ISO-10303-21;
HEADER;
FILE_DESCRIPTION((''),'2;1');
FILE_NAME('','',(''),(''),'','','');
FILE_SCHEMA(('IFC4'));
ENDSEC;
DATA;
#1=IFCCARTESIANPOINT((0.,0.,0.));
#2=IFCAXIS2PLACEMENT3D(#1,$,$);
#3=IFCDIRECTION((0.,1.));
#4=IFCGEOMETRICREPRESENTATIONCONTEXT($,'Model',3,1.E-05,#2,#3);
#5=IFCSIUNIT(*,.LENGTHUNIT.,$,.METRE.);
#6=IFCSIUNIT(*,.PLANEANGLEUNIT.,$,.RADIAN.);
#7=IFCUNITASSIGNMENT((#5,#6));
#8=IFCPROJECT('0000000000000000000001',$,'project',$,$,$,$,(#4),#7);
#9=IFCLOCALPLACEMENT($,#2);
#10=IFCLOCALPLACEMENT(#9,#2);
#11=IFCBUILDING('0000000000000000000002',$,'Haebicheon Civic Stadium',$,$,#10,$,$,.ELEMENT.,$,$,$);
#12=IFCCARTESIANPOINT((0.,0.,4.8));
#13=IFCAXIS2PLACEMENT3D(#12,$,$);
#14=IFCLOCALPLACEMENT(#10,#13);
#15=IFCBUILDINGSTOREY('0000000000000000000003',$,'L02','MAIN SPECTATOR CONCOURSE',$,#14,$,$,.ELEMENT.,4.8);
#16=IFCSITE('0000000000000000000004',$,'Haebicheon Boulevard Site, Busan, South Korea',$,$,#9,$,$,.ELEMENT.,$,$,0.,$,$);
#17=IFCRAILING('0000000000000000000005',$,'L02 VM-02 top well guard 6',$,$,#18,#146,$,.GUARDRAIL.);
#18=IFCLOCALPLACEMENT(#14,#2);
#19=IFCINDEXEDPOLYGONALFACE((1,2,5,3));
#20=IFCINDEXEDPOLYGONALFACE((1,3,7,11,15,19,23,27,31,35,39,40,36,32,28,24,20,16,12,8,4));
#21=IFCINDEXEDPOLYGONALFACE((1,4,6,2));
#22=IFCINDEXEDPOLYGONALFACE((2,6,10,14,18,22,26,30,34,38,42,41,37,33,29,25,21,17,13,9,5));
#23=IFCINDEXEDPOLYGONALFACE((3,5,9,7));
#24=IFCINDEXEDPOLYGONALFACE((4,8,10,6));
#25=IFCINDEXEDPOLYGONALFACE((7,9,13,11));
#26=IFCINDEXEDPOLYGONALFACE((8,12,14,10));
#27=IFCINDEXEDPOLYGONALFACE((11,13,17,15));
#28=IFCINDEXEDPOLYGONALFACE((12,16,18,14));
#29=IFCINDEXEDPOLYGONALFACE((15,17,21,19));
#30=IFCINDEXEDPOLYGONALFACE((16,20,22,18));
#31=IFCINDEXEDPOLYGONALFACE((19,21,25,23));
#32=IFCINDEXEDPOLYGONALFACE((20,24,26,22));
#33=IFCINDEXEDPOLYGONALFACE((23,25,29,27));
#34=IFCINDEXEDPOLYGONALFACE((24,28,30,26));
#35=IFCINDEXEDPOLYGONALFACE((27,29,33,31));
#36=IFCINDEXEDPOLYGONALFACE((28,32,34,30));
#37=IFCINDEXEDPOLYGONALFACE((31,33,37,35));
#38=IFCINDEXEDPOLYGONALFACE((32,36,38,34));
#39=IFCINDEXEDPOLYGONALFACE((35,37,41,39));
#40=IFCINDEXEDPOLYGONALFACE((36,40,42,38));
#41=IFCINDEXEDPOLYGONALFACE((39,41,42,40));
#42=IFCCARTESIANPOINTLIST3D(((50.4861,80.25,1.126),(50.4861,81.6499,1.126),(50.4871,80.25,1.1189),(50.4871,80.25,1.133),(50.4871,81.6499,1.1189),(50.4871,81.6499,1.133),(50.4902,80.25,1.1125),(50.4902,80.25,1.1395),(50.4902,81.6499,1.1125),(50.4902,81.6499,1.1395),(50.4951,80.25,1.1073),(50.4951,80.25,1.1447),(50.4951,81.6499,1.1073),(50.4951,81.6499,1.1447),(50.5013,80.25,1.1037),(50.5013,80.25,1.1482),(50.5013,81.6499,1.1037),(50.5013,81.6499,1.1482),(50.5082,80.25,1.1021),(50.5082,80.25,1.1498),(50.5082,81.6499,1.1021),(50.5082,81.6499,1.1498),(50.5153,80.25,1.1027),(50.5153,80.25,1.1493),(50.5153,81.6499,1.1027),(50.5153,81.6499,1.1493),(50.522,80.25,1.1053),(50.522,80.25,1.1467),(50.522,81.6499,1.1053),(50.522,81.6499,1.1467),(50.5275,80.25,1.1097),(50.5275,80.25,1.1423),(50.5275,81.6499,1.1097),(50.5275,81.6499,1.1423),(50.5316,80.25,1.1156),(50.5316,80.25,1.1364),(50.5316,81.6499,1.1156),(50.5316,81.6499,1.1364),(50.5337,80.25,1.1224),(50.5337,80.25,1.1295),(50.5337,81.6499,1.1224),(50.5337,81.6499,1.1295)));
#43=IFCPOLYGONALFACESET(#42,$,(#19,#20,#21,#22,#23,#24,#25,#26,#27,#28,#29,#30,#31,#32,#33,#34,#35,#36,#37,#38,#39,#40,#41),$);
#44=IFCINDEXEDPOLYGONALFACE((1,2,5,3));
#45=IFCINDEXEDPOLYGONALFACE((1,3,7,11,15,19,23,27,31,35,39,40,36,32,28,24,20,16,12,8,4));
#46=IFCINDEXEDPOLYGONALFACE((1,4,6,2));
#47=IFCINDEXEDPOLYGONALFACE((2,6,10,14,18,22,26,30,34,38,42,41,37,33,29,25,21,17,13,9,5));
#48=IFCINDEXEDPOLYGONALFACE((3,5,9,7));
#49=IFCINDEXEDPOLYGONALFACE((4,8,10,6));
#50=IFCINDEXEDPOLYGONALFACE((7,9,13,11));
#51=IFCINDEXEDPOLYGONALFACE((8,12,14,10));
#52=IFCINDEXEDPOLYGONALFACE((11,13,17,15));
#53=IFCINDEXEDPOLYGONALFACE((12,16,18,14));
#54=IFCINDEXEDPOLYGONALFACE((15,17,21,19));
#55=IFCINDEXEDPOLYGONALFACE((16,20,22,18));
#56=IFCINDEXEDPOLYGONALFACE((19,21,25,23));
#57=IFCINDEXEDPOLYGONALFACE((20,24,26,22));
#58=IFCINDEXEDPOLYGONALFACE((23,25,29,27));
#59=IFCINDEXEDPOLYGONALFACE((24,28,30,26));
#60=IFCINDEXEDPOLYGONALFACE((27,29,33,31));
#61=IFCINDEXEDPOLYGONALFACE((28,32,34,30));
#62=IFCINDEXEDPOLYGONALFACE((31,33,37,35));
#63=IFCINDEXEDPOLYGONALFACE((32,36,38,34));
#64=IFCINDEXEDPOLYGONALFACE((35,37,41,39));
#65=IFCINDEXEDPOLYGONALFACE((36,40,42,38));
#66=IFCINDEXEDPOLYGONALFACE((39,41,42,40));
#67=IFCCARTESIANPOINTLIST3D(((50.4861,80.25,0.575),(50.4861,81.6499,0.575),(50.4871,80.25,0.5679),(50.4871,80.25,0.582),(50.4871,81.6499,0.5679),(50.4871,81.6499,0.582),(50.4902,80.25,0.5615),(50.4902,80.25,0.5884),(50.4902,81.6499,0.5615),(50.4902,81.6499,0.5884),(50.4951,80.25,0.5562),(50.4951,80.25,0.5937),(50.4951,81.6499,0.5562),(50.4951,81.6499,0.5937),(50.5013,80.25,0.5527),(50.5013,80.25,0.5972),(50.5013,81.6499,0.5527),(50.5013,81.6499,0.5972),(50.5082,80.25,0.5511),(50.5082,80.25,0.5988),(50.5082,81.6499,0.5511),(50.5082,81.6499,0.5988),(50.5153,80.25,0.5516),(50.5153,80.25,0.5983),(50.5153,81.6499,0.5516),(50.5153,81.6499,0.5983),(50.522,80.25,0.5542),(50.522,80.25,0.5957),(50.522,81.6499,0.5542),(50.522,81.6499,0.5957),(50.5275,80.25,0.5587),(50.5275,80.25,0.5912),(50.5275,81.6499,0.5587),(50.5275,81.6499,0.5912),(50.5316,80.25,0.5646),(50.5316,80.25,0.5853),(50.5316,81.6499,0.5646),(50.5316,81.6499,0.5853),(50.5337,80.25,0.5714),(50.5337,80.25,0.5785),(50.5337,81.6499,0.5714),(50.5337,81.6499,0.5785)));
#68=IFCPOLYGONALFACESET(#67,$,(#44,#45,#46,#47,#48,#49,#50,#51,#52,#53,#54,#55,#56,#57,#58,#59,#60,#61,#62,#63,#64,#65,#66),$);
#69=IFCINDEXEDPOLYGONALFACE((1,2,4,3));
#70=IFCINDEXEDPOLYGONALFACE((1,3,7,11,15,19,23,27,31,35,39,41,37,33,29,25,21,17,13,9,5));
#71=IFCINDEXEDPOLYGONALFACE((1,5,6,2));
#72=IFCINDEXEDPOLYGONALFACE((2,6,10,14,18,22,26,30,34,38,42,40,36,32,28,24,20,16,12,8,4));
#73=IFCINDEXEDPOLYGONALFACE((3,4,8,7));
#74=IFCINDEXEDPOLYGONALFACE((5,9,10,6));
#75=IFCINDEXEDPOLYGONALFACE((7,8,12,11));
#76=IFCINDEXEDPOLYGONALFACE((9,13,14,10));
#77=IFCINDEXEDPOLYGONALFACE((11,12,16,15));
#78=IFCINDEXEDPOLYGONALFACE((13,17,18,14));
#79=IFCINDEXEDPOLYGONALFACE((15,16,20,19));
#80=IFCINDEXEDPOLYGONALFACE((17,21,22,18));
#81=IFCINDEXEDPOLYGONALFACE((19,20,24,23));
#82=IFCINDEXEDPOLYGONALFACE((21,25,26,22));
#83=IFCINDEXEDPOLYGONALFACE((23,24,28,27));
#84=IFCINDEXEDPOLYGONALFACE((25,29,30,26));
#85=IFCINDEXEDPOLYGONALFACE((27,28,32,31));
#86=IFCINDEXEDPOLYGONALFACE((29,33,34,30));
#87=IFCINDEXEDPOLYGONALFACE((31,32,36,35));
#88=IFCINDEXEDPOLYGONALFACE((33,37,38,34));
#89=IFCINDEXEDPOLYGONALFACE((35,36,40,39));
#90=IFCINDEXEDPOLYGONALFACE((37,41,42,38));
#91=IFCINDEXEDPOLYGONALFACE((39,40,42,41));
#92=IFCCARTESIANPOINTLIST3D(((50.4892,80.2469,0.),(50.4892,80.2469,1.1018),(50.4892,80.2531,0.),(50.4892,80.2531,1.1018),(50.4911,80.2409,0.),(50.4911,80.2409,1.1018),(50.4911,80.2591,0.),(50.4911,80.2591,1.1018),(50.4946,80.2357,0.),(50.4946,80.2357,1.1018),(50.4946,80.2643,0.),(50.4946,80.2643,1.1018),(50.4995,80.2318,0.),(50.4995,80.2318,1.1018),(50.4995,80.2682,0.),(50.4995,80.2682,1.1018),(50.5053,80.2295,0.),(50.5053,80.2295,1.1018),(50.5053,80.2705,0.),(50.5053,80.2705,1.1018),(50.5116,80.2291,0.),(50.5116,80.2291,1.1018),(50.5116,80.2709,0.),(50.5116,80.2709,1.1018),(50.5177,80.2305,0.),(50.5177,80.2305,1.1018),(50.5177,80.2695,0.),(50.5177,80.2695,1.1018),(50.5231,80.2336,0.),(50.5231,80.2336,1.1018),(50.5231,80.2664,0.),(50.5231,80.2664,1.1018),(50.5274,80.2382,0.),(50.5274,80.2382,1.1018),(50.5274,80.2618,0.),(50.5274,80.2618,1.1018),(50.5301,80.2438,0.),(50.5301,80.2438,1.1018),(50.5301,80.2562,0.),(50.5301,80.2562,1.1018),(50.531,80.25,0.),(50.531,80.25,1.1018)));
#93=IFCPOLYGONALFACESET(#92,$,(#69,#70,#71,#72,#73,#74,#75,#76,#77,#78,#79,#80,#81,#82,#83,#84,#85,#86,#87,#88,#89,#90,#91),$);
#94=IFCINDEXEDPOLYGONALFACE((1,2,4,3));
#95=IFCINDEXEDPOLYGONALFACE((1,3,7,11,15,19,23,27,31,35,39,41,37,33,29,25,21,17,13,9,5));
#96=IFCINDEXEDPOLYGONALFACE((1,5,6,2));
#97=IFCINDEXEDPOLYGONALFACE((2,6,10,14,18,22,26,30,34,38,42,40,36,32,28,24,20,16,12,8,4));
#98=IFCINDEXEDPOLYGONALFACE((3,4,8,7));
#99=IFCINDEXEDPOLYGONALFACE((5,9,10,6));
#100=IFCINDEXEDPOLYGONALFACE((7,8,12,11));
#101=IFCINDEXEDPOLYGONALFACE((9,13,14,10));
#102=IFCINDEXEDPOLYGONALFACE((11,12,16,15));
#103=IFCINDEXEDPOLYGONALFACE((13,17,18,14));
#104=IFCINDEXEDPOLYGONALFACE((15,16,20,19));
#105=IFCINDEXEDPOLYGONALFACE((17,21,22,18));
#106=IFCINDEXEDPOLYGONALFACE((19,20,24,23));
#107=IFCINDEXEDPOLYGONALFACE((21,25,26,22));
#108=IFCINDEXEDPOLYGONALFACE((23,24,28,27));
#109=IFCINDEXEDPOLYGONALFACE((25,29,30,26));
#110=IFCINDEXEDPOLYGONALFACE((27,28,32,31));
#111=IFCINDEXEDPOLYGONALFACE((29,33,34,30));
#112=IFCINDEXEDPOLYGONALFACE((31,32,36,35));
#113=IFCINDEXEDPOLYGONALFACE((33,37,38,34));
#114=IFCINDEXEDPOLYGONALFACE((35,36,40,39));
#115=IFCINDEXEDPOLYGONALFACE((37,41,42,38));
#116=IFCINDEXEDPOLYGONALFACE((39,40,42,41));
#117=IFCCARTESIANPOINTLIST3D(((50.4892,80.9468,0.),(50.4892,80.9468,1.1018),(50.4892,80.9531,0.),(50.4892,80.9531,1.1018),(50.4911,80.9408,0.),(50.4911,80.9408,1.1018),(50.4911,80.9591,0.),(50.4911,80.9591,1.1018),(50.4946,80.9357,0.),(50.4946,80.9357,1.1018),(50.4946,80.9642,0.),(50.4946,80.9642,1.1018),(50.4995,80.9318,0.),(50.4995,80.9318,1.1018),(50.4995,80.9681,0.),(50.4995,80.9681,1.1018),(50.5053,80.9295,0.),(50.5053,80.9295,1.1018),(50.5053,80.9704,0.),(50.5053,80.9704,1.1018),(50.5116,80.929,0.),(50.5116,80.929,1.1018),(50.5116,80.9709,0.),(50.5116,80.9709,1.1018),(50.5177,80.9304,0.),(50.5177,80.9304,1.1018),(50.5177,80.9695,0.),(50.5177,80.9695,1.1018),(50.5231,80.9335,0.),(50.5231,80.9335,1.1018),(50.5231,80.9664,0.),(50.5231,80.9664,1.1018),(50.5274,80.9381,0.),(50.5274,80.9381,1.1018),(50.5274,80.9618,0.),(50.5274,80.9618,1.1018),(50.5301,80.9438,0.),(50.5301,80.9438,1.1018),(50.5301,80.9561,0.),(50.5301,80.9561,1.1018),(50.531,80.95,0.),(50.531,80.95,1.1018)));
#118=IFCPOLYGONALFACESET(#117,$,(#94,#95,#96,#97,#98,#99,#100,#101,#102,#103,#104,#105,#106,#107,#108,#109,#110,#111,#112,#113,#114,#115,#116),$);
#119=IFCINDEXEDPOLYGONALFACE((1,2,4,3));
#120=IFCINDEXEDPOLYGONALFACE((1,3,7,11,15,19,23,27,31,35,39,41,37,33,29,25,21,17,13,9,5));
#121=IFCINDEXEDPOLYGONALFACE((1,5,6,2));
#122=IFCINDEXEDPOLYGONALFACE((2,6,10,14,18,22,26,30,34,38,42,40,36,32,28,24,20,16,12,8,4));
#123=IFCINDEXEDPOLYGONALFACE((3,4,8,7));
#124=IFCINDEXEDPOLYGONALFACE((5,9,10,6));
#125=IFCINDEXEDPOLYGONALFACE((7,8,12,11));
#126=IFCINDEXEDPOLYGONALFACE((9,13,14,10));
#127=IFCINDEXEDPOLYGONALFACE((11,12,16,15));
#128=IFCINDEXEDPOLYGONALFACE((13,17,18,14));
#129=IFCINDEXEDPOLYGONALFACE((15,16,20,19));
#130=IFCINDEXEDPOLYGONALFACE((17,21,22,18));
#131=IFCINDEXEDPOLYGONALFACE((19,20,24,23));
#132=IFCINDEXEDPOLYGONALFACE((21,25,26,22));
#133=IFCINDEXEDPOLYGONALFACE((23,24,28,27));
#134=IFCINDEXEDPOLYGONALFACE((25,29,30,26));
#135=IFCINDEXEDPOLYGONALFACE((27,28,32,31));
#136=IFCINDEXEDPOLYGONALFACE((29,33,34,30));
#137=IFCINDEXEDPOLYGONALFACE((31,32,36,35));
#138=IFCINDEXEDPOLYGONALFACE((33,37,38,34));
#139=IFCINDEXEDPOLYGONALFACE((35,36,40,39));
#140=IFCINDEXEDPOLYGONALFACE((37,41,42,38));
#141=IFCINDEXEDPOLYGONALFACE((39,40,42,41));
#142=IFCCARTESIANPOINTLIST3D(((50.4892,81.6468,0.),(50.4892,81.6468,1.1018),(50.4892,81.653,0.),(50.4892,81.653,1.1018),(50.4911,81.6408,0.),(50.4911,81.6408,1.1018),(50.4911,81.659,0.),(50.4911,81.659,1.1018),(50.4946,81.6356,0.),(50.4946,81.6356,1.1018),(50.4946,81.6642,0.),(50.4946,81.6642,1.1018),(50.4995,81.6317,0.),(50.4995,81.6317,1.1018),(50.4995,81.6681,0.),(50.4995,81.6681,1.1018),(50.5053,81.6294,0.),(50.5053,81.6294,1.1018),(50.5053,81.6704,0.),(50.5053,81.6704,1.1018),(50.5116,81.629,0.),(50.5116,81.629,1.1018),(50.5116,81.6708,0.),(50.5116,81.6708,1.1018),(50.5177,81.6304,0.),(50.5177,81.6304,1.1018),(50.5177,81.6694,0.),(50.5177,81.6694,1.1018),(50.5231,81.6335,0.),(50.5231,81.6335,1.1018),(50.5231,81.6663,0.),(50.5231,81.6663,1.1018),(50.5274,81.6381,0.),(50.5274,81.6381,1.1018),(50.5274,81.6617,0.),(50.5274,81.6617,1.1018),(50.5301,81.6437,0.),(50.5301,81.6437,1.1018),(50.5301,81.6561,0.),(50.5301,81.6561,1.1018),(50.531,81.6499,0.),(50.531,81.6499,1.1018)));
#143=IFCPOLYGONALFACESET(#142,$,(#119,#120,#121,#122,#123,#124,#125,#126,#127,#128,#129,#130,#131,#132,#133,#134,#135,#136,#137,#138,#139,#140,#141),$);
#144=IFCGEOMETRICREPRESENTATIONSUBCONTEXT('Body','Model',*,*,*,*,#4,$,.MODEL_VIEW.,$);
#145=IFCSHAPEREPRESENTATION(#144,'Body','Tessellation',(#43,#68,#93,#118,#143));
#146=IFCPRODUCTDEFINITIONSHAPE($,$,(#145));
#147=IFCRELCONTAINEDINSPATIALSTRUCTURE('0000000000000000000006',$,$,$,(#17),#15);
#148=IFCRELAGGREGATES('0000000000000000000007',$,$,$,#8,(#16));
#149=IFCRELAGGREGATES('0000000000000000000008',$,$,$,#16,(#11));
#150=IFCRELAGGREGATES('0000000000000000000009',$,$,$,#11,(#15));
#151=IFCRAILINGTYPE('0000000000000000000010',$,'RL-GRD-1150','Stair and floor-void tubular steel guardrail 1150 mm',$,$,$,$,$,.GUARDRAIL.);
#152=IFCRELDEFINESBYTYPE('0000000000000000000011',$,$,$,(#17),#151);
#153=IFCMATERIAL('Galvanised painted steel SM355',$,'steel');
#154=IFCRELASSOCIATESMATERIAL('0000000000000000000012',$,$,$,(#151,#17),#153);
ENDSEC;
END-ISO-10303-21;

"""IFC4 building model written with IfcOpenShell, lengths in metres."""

from ifc_helpers import new_model, si_unit, direction, frame, origin, origin_2d, place, context, subcontext, project, spatial, circle, extrude, material, type_object, element, save


model = new_model("IFC4")

# Units and contexts
model_context = context("Model", 3, precision=1e-05, world=origin(), true_north=direction((0.0, 1.0)))
body_context = subcontext(model_context, "Body", "Model", "MODEL_VIEW")
ifc_project = project(units=[si_unit("LENGTHUNIT", "METRE"), si_unit("PLANEANGLEUNIT", "RADIAN")], contexts=[model_context])

# Site, building, storey
site_placement = place(None, origin())
site = spatial("IfcSite", under=ifc_project, at=site_placement, Name="Haebicheon Boulevard Site, Busan, South Korea", CompositionType="ELEMENT", RefElevation=0.0)
building_placement = place(site_placement, origin())
building = spatial("IfcBuilding", under=site, at=building_placement, Name="Haebicheon Civic Stadium", CompositionType="ELEMENT")
storey_placement = place(building_placement, frame((0.0, 0.0, 4.8)))
storey = spatial("IfcBuildingStorey", under=building, at=storey_placement, Name="L02", Description="MAIN SPECTATOR CONCOURSE", CompositionType="ELEMENT", Elevation=4.8)

# Railing
ifc_material_1 = material(Name="Galvanised painted steel SM355", Category="steel")
railing_type = type_object("IfcRailingType", Name="RL-GRD-1150", Description="Stair and floor-void tubular steel guardrail 1150 mm", PredefinedType="GUARDRAIL", material=ifc_material_1)
for number, where, name in (
    (1, (50.51, 80.25, 0.0), "L02 VM-02 top well guard 6"),
):
    element("IfcRailing", number, at=place(storey_placement, frame(where)), inside=storey, type_object=railing_type, material=ifc_material_1, Name=name, PredefinedType="GUARDRAIL", context=body_context, shape_type="SweptSolid", body=[
        extrude(circle(Radius=0.0239, at=origin_2d()), frame((0.0, 0.0, 1.126), z_axis=(0.0, 1.0, 0.0), x_axis=(-1.0, 0.0, 0.0)), (0.0, 0.0, 1.0), 1.3999),
        extrude(circle(Radius=0.0239, at=origin_2d()), frame((0.0, 0.0, 0.575), z_axis=(0.0, 1.0, 0.0), x_axis=(-1.0, 0.0, 0.0)), (0.0, 0.0, 1.0), 1.3999),
        extrude(circle(Radius=0.021, at=origin_2d()), origin(), (0.0, 0.0, 1.0), 1.1018),
        extrude(circle(Radius=0.021, at=origin_2d()), frame((0.0, 0.7, 0.0)), (0.0, 0.0, 1.0), 1.1018),
        extrude(circle(Radius=0.021, at=origin_2d()), frame((0.0, 1.3999, 0.0)), (0.0, 0.0, 1.0), 1.1018),
    ])

save(model, "model.ifc")
